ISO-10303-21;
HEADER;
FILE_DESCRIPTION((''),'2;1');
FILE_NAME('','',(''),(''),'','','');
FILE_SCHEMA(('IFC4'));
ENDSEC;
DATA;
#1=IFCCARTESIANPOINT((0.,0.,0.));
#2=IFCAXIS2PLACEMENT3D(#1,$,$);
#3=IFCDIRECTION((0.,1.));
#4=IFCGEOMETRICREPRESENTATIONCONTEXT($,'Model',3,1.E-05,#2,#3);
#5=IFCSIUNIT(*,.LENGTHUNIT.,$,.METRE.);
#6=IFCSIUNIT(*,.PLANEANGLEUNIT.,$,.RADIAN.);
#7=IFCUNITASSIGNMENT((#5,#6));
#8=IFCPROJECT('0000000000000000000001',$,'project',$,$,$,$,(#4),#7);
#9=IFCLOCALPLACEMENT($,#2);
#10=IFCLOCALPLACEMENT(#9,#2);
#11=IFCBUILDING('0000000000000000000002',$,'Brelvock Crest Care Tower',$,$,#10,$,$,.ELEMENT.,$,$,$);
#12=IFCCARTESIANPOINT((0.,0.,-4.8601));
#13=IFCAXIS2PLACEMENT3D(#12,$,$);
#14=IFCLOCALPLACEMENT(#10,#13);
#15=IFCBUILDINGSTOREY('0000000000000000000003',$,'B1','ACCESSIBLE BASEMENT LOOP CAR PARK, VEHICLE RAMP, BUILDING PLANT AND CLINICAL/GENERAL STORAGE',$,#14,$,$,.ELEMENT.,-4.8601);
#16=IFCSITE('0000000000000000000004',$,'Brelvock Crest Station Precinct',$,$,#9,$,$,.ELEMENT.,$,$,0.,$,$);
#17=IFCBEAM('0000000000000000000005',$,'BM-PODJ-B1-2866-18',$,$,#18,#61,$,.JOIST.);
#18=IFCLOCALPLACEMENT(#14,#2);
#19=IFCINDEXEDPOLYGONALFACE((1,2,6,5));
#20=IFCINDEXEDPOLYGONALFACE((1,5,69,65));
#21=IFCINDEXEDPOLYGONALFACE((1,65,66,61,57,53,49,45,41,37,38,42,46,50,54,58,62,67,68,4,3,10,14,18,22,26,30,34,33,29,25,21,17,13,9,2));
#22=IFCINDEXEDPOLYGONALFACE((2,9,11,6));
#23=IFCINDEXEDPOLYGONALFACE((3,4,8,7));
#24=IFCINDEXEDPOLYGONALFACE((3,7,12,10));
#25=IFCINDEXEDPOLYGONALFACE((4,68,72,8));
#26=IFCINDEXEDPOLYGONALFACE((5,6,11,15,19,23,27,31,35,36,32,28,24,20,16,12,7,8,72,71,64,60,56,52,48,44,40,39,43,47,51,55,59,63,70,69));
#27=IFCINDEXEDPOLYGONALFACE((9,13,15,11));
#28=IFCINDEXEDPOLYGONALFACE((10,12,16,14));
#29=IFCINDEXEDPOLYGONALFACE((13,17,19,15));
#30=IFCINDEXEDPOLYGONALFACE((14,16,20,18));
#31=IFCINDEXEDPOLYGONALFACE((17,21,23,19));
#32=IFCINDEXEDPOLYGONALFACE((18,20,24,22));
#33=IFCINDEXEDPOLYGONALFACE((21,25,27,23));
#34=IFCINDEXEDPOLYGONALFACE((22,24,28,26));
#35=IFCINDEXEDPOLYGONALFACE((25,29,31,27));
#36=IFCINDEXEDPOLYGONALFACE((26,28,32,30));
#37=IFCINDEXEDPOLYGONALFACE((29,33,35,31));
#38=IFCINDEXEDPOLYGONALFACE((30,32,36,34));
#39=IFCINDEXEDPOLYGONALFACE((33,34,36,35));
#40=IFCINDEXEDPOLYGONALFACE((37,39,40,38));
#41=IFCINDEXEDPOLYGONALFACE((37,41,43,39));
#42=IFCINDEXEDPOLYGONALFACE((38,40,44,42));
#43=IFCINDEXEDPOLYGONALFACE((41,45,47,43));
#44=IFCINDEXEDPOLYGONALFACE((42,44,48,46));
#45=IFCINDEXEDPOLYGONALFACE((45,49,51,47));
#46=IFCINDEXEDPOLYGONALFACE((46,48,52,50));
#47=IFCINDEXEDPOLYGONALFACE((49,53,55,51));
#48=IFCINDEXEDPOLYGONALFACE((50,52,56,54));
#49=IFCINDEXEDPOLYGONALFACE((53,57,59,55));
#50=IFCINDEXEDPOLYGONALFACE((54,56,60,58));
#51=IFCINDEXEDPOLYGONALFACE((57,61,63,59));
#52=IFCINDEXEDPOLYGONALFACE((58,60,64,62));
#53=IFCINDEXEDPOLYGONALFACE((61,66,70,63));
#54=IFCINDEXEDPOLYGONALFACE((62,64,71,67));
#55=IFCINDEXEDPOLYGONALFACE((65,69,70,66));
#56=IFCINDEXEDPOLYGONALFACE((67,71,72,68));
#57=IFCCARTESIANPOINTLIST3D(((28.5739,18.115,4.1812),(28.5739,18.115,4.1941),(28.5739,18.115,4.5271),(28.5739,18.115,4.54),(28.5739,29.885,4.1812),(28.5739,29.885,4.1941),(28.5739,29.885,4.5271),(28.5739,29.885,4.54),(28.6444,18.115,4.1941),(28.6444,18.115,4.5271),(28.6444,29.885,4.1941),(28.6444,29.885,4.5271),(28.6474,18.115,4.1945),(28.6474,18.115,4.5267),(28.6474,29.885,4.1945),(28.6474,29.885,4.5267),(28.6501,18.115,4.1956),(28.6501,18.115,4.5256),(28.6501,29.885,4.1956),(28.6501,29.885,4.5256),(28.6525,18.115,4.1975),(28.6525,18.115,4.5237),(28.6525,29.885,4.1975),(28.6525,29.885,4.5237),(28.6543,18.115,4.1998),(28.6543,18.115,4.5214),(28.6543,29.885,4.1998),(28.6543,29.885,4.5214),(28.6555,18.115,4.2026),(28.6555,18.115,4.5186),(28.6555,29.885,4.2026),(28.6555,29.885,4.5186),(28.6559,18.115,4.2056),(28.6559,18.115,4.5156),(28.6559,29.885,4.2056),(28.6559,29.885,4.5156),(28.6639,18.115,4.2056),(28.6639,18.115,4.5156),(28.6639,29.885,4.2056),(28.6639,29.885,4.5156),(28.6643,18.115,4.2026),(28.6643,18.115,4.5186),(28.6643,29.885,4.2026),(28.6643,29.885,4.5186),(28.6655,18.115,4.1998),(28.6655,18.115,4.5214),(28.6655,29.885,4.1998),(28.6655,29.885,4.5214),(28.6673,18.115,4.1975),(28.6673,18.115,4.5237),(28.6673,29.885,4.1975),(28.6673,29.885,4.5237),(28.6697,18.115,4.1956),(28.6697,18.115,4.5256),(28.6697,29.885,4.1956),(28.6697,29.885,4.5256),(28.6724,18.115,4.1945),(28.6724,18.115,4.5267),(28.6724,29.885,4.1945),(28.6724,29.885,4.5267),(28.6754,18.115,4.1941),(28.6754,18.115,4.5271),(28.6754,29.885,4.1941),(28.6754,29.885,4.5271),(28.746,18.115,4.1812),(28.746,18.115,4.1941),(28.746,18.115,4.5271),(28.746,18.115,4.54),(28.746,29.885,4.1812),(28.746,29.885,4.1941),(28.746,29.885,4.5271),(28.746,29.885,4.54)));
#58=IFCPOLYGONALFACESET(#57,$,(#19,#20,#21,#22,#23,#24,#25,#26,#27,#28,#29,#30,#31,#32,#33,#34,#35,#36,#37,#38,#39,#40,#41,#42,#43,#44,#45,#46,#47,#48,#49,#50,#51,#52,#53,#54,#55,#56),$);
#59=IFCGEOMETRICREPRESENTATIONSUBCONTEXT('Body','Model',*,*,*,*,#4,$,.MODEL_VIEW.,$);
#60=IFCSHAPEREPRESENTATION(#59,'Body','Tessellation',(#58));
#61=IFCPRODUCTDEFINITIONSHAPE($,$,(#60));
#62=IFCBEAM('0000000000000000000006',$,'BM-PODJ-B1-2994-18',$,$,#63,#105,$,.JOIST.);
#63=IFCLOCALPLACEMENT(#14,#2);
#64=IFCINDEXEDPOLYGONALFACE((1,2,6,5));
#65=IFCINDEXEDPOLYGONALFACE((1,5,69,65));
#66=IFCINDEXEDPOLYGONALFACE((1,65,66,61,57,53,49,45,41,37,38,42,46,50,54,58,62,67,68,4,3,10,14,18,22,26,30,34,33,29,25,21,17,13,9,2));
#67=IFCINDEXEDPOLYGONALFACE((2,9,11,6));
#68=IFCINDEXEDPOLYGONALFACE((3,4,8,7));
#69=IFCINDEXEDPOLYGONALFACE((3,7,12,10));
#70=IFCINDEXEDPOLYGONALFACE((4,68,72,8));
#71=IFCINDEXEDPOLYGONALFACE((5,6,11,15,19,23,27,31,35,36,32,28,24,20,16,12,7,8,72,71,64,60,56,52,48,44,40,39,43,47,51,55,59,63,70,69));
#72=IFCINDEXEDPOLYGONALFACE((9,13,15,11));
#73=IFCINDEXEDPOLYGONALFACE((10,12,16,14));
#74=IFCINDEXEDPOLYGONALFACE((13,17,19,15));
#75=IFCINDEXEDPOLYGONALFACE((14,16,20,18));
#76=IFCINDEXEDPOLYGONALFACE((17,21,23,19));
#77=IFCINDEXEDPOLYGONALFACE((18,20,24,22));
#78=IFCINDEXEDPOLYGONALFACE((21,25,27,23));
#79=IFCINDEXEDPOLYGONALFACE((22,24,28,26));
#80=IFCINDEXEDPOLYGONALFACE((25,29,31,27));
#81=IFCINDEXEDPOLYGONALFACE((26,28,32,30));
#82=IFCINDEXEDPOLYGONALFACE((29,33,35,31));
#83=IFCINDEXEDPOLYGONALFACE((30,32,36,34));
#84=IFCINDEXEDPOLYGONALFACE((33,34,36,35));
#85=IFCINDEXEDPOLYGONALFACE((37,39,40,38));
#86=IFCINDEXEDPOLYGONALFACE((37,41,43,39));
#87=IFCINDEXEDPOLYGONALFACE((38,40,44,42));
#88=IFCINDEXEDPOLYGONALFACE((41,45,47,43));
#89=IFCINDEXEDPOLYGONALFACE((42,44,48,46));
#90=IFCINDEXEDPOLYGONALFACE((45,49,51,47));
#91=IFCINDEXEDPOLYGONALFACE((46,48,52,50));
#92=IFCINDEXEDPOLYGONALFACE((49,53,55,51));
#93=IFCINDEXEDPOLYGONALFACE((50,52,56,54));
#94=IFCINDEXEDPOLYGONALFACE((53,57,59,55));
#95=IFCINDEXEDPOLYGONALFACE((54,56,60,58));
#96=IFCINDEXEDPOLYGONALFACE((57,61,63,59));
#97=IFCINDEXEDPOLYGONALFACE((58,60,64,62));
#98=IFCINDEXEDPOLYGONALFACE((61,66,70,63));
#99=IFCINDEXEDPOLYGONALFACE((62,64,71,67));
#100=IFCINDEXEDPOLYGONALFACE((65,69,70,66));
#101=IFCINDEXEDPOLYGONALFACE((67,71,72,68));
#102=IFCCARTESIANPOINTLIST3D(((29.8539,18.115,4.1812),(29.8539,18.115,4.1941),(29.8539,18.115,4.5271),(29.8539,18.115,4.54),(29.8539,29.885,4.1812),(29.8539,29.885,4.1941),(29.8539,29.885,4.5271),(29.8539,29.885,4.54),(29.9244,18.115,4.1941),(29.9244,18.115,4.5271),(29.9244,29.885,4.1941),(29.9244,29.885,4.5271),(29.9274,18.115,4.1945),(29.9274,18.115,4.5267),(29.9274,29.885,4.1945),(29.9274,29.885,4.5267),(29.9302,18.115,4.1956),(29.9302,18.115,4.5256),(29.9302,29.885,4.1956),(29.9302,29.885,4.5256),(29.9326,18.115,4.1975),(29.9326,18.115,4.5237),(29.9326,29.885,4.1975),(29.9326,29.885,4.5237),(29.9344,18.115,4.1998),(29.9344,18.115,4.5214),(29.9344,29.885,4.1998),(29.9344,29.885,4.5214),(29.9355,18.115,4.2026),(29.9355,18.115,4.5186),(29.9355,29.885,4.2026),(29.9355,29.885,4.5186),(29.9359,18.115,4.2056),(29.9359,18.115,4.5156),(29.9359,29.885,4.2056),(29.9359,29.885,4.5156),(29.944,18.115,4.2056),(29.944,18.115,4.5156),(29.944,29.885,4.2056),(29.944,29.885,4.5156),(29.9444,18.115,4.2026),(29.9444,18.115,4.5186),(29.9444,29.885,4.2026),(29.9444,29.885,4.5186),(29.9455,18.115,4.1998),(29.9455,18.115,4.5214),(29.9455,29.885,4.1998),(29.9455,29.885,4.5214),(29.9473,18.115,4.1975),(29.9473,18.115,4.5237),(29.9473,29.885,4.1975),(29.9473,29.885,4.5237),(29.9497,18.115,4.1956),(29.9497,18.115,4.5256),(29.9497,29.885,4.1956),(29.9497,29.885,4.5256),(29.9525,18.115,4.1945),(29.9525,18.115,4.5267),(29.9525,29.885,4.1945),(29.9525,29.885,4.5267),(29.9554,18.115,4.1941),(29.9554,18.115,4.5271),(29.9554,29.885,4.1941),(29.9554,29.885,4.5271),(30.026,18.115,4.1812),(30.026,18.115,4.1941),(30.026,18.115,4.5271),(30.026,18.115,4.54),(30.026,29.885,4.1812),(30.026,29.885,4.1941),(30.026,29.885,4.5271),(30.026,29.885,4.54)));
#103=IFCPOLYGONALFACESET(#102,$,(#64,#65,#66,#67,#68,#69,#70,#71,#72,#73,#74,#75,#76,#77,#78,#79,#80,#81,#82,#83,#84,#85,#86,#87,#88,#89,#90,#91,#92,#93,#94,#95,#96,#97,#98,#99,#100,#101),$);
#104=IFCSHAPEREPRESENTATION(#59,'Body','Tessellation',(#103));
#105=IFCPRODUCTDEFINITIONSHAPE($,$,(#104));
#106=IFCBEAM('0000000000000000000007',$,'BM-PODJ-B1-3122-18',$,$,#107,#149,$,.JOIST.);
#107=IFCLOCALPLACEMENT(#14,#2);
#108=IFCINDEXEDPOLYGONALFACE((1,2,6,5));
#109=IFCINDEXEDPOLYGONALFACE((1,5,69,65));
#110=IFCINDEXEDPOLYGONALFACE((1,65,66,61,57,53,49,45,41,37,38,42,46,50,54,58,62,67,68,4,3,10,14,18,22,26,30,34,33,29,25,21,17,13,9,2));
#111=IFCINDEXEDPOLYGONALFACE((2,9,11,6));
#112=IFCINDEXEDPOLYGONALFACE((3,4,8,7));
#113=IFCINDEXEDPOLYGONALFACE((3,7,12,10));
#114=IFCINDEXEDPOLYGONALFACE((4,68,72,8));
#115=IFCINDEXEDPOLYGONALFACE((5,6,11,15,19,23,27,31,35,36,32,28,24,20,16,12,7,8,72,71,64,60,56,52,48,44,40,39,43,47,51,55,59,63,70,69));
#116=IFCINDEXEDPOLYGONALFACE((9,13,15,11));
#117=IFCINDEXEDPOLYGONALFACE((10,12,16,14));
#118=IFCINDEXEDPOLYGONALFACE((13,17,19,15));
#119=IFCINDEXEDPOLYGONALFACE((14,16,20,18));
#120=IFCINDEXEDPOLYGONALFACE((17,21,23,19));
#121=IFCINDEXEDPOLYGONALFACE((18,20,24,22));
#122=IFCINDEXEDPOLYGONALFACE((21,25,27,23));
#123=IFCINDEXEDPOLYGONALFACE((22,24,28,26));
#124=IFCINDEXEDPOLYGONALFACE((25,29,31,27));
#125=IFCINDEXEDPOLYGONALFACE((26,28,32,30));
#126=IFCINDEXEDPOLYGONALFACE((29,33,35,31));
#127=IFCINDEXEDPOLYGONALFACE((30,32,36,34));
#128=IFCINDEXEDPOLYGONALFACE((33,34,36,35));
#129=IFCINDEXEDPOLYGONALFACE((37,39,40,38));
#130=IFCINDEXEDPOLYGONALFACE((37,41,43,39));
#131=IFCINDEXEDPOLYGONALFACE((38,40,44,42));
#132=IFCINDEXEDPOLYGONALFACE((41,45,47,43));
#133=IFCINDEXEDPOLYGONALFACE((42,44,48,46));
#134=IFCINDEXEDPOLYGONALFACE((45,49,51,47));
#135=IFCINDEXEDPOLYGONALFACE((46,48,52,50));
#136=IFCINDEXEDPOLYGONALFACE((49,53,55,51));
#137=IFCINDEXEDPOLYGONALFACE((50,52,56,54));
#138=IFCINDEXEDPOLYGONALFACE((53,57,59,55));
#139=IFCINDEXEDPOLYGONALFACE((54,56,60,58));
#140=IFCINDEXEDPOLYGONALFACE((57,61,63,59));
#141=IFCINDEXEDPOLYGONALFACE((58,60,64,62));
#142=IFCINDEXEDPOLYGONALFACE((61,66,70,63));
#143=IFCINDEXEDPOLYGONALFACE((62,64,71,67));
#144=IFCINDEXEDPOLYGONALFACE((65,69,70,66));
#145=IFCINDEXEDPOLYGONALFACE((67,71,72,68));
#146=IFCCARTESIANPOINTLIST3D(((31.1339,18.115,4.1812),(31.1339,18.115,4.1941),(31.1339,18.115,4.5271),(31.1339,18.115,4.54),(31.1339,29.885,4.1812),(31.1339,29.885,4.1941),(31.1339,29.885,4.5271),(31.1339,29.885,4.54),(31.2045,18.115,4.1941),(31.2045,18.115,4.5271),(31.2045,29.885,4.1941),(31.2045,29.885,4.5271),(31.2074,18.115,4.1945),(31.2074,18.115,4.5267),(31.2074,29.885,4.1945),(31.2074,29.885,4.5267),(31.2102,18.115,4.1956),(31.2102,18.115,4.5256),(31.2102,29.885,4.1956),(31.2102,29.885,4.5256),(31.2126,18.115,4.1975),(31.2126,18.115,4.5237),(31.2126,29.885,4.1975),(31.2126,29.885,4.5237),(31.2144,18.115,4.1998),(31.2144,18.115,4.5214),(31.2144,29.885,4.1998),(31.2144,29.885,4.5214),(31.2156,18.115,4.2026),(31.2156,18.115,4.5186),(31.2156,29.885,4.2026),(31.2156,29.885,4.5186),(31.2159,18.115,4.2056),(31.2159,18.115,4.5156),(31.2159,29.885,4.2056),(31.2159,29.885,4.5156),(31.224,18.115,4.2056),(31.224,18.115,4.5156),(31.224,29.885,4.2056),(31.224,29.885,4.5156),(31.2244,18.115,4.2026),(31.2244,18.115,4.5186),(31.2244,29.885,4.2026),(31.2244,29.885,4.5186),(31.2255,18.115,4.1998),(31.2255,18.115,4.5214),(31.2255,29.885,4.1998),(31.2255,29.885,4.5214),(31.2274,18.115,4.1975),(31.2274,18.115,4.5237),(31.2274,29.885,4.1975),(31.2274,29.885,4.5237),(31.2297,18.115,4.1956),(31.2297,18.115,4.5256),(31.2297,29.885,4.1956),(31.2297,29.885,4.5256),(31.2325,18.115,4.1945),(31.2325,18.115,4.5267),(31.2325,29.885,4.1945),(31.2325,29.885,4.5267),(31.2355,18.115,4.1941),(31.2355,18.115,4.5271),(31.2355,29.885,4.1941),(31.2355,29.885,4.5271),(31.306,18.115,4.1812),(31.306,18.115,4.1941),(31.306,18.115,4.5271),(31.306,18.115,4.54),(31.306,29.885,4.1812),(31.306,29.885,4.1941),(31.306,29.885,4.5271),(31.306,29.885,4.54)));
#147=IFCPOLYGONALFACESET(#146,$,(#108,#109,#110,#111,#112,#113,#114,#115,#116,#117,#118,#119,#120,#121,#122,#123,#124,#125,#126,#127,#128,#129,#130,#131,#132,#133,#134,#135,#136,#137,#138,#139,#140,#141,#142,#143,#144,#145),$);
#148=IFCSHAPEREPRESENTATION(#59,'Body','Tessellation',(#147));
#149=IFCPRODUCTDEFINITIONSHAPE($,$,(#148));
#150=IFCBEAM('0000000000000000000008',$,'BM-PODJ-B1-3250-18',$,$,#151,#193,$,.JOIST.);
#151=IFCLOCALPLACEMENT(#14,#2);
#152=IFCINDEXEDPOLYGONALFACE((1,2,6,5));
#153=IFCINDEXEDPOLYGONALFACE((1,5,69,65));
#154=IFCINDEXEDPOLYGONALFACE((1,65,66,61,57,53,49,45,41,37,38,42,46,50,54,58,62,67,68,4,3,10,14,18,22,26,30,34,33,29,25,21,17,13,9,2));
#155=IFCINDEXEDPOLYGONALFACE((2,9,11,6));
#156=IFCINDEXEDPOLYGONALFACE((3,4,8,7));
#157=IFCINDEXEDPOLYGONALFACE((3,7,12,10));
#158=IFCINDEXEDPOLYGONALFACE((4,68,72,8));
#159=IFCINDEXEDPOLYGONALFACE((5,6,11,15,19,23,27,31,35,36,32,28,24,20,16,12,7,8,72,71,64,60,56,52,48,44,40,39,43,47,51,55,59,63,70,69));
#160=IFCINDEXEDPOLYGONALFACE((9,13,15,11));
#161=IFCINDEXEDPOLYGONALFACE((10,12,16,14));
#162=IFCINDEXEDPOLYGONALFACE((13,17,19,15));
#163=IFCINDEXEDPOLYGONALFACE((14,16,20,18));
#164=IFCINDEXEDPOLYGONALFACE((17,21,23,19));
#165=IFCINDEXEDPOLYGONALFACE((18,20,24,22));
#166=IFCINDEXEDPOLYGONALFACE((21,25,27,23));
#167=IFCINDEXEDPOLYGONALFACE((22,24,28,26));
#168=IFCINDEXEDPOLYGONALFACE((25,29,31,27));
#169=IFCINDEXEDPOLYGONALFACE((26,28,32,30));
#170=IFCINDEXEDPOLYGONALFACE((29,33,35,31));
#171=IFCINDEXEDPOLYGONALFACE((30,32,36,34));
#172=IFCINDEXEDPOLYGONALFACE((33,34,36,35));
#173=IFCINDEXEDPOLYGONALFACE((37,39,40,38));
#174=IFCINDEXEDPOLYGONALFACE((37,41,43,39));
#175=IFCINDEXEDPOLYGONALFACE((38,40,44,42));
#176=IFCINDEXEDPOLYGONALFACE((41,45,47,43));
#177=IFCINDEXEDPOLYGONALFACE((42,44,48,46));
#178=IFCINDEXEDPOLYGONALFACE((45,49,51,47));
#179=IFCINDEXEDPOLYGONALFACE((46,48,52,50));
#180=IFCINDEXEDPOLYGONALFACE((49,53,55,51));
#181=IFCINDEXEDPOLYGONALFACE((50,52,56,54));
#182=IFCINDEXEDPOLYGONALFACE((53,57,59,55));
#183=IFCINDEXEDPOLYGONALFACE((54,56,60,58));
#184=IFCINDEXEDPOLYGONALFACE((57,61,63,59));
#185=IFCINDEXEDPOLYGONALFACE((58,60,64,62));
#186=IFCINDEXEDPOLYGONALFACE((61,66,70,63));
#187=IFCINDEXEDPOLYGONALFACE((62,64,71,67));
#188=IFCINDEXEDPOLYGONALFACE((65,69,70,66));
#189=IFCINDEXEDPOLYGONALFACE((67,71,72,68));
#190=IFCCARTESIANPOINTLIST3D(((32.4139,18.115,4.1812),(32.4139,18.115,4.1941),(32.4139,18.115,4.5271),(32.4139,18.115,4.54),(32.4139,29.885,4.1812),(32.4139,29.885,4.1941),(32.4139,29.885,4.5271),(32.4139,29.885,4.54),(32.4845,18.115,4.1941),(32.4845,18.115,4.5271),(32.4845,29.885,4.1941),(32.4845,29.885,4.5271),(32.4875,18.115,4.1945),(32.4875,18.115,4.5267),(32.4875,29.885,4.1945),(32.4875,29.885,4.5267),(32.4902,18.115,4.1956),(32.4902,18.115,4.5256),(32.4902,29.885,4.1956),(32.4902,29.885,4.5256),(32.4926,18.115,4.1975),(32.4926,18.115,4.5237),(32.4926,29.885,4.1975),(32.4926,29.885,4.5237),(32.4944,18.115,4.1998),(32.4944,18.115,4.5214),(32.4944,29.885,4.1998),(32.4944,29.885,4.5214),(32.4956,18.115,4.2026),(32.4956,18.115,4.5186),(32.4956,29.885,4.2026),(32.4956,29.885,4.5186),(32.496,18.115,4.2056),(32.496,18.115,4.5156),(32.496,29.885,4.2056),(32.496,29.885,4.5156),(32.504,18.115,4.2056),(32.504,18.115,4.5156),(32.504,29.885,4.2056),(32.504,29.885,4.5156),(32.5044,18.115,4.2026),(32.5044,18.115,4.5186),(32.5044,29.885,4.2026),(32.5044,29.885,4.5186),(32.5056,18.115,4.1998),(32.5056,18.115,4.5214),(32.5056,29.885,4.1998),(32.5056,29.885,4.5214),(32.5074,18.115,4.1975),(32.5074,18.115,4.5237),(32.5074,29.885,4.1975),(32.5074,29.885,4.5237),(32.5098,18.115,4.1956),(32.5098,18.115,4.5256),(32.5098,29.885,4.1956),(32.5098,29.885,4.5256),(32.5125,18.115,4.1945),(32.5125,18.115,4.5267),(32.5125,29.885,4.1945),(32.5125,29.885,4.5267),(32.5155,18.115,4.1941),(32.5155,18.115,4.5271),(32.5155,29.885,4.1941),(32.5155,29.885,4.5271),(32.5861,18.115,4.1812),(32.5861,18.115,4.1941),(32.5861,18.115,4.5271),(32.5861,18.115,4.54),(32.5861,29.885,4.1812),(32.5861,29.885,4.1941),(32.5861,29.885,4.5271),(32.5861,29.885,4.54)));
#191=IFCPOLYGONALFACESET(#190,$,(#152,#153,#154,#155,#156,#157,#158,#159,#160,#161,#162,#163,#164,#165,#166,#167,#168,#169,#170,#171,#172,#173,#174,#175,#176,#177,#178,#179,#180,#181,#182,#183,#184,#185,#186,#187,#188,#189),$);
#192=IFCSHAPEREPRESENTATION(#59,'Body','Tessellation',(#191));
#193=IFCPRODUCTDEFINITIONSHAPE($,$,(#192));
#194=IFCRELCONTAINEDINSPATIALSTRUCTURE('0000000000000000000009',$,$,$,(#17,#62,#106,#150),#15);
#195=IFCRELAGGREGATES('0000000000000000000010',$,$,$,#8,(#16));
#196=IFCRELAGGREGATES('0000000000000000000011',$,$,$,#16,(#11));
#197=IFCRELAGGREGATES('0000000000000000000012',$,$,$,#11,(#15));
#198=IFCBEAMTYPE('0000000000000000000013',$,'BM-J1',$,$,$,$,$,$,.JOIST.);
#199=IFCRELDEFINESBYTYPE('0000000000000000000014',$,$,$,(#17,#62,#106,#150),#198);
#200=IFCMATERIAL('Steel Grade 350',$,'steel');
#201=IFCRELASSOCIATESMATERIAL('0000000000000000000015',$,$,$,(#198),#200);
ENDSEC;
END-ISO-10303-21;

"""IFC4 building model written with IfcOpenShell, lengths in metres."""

from ifc_helpers import new_model, si_unit, direction, frame, origin, origin_2d, place, context, subcontext, project, spatial, i_section, extrude, source, transform, mapped, material, material_profile, profile_set, type_object, element, save


model = new_model("IFC4")

# Units and contexts
model_context = context("Model", 3, precision=1e-05, world=origin(), true_north=direction((0.0, 1.0)))
body_context = subcontext(model_context, "Body", "Model", "MODEL_VIEW")
ifc_project = project(units=[si_unit("LENGTHUNIT", "METRE"), si_unit("PLANEANGLEUNIT", "RADIAN")], contexts=[model_context])

# Site, building, storey
site_placement = place(None, origin())
site = spatial("IfcSite", under=ifc_project, at=site_placement, Name="Brelvock Crest Station Precinct", CompositionType="ELEMENT", RefElevation=0.0)
building_placement = place(site_placement, origin())
building = spatial("IfcBuilding", under=site, at=building_placement, Name="Brelvock Crest Care Tower", CompositionType="ELEMENT")
storey_placement = place(building_placement, frame((0.0, 0.0, -4.8601)))
storey = spatial("IfcBuildingStorey", under=building, at=storey_placement, Name="B1", Description="ACCESSIBLE BASEMENT LOOP CAR PARK, VEHICLE RAMP, BUILDING PLANT AND CLINICAL/GENERAL STORAGE", CompositionType="ELEMENT", Elevation=-4.8601)

# Beams
ifc_material_1 = material(Name="Steel Grade 350", Category="steel")
ifc_material_profile_1 = material_profile(ifc_material_1, i_section(OverallWidth=0.1721, OverallDepth=0.3589, WebThickness=0.0081, FlangeThickness=0.0129, FilletRadius=0.0115, at=origin_2d()), Name="360UB56.7")
ifc_profile_set_1 = profile_set([ifc_material_profile_1], Name="Steel Grade 350")
beam_type_1 = type_object("IfcBeamType", Name="BM-J1", PredefinedType="JOIST", material=ifc_profile_set_1)
shared_shape_1 = source(origin(), body_context, "Body", "SweptSolid", [
    extrude(i_section(OverallWidth=0.1721, OverallDepth=0.3589, WebThickness=0.0081, FlangeThickness=0.0129, FilletRadius=0.0115, at=origin_2d()), origin(), (0.0, 0.0, 1.0), 11.77),
])
for number, where, z_axis, x_axis, name in (
    (1, (28.6599, 18.115, 4.3606), (0.0, 1.0, 0.0), (-1.0, 0.0, 0.0), "BM-PODJ-B1-2866-18"),
    (2, (29.9399, 18.115, 4.3606), (0.0, 1.0, 0.0), (-1.0, 0.0, 0.0), "BM-PODJ-B1-2994-18"),
    (3, (31.22, 18.115, 4.3606), (0.0, 1.0, 0.0), (-1.0, 0.0, 0.0), "BM-PODJ-B1-3122-18"),
    (4, (32.5, 18.115, 4.3606), (0.0, 1.0, 0.0), (-1.0, 0.0, 0.0), "BM-PODJ-B1-3250-18"),
):
    element("IfcBeam", number, at=place(storey_placement, frame(where, z_axis=z_axis, x_axis=x_axis)), inside=storey, type_object=beam_type_1, Name=name, PredefinedType="JOIST", context=body_context, shape_type="MappedRepresentation", body=[
        mapped(shared_shape_1, transform((0.0, 0.0, 0.0), x_axis=(1.0, 0.0, 0.0), y_axis=(0.0, 1.0, 0.0), z_axis=(0.0, 0.0, 1.0), scale=1.0)),
    ])

save(model, "model.ifc")
